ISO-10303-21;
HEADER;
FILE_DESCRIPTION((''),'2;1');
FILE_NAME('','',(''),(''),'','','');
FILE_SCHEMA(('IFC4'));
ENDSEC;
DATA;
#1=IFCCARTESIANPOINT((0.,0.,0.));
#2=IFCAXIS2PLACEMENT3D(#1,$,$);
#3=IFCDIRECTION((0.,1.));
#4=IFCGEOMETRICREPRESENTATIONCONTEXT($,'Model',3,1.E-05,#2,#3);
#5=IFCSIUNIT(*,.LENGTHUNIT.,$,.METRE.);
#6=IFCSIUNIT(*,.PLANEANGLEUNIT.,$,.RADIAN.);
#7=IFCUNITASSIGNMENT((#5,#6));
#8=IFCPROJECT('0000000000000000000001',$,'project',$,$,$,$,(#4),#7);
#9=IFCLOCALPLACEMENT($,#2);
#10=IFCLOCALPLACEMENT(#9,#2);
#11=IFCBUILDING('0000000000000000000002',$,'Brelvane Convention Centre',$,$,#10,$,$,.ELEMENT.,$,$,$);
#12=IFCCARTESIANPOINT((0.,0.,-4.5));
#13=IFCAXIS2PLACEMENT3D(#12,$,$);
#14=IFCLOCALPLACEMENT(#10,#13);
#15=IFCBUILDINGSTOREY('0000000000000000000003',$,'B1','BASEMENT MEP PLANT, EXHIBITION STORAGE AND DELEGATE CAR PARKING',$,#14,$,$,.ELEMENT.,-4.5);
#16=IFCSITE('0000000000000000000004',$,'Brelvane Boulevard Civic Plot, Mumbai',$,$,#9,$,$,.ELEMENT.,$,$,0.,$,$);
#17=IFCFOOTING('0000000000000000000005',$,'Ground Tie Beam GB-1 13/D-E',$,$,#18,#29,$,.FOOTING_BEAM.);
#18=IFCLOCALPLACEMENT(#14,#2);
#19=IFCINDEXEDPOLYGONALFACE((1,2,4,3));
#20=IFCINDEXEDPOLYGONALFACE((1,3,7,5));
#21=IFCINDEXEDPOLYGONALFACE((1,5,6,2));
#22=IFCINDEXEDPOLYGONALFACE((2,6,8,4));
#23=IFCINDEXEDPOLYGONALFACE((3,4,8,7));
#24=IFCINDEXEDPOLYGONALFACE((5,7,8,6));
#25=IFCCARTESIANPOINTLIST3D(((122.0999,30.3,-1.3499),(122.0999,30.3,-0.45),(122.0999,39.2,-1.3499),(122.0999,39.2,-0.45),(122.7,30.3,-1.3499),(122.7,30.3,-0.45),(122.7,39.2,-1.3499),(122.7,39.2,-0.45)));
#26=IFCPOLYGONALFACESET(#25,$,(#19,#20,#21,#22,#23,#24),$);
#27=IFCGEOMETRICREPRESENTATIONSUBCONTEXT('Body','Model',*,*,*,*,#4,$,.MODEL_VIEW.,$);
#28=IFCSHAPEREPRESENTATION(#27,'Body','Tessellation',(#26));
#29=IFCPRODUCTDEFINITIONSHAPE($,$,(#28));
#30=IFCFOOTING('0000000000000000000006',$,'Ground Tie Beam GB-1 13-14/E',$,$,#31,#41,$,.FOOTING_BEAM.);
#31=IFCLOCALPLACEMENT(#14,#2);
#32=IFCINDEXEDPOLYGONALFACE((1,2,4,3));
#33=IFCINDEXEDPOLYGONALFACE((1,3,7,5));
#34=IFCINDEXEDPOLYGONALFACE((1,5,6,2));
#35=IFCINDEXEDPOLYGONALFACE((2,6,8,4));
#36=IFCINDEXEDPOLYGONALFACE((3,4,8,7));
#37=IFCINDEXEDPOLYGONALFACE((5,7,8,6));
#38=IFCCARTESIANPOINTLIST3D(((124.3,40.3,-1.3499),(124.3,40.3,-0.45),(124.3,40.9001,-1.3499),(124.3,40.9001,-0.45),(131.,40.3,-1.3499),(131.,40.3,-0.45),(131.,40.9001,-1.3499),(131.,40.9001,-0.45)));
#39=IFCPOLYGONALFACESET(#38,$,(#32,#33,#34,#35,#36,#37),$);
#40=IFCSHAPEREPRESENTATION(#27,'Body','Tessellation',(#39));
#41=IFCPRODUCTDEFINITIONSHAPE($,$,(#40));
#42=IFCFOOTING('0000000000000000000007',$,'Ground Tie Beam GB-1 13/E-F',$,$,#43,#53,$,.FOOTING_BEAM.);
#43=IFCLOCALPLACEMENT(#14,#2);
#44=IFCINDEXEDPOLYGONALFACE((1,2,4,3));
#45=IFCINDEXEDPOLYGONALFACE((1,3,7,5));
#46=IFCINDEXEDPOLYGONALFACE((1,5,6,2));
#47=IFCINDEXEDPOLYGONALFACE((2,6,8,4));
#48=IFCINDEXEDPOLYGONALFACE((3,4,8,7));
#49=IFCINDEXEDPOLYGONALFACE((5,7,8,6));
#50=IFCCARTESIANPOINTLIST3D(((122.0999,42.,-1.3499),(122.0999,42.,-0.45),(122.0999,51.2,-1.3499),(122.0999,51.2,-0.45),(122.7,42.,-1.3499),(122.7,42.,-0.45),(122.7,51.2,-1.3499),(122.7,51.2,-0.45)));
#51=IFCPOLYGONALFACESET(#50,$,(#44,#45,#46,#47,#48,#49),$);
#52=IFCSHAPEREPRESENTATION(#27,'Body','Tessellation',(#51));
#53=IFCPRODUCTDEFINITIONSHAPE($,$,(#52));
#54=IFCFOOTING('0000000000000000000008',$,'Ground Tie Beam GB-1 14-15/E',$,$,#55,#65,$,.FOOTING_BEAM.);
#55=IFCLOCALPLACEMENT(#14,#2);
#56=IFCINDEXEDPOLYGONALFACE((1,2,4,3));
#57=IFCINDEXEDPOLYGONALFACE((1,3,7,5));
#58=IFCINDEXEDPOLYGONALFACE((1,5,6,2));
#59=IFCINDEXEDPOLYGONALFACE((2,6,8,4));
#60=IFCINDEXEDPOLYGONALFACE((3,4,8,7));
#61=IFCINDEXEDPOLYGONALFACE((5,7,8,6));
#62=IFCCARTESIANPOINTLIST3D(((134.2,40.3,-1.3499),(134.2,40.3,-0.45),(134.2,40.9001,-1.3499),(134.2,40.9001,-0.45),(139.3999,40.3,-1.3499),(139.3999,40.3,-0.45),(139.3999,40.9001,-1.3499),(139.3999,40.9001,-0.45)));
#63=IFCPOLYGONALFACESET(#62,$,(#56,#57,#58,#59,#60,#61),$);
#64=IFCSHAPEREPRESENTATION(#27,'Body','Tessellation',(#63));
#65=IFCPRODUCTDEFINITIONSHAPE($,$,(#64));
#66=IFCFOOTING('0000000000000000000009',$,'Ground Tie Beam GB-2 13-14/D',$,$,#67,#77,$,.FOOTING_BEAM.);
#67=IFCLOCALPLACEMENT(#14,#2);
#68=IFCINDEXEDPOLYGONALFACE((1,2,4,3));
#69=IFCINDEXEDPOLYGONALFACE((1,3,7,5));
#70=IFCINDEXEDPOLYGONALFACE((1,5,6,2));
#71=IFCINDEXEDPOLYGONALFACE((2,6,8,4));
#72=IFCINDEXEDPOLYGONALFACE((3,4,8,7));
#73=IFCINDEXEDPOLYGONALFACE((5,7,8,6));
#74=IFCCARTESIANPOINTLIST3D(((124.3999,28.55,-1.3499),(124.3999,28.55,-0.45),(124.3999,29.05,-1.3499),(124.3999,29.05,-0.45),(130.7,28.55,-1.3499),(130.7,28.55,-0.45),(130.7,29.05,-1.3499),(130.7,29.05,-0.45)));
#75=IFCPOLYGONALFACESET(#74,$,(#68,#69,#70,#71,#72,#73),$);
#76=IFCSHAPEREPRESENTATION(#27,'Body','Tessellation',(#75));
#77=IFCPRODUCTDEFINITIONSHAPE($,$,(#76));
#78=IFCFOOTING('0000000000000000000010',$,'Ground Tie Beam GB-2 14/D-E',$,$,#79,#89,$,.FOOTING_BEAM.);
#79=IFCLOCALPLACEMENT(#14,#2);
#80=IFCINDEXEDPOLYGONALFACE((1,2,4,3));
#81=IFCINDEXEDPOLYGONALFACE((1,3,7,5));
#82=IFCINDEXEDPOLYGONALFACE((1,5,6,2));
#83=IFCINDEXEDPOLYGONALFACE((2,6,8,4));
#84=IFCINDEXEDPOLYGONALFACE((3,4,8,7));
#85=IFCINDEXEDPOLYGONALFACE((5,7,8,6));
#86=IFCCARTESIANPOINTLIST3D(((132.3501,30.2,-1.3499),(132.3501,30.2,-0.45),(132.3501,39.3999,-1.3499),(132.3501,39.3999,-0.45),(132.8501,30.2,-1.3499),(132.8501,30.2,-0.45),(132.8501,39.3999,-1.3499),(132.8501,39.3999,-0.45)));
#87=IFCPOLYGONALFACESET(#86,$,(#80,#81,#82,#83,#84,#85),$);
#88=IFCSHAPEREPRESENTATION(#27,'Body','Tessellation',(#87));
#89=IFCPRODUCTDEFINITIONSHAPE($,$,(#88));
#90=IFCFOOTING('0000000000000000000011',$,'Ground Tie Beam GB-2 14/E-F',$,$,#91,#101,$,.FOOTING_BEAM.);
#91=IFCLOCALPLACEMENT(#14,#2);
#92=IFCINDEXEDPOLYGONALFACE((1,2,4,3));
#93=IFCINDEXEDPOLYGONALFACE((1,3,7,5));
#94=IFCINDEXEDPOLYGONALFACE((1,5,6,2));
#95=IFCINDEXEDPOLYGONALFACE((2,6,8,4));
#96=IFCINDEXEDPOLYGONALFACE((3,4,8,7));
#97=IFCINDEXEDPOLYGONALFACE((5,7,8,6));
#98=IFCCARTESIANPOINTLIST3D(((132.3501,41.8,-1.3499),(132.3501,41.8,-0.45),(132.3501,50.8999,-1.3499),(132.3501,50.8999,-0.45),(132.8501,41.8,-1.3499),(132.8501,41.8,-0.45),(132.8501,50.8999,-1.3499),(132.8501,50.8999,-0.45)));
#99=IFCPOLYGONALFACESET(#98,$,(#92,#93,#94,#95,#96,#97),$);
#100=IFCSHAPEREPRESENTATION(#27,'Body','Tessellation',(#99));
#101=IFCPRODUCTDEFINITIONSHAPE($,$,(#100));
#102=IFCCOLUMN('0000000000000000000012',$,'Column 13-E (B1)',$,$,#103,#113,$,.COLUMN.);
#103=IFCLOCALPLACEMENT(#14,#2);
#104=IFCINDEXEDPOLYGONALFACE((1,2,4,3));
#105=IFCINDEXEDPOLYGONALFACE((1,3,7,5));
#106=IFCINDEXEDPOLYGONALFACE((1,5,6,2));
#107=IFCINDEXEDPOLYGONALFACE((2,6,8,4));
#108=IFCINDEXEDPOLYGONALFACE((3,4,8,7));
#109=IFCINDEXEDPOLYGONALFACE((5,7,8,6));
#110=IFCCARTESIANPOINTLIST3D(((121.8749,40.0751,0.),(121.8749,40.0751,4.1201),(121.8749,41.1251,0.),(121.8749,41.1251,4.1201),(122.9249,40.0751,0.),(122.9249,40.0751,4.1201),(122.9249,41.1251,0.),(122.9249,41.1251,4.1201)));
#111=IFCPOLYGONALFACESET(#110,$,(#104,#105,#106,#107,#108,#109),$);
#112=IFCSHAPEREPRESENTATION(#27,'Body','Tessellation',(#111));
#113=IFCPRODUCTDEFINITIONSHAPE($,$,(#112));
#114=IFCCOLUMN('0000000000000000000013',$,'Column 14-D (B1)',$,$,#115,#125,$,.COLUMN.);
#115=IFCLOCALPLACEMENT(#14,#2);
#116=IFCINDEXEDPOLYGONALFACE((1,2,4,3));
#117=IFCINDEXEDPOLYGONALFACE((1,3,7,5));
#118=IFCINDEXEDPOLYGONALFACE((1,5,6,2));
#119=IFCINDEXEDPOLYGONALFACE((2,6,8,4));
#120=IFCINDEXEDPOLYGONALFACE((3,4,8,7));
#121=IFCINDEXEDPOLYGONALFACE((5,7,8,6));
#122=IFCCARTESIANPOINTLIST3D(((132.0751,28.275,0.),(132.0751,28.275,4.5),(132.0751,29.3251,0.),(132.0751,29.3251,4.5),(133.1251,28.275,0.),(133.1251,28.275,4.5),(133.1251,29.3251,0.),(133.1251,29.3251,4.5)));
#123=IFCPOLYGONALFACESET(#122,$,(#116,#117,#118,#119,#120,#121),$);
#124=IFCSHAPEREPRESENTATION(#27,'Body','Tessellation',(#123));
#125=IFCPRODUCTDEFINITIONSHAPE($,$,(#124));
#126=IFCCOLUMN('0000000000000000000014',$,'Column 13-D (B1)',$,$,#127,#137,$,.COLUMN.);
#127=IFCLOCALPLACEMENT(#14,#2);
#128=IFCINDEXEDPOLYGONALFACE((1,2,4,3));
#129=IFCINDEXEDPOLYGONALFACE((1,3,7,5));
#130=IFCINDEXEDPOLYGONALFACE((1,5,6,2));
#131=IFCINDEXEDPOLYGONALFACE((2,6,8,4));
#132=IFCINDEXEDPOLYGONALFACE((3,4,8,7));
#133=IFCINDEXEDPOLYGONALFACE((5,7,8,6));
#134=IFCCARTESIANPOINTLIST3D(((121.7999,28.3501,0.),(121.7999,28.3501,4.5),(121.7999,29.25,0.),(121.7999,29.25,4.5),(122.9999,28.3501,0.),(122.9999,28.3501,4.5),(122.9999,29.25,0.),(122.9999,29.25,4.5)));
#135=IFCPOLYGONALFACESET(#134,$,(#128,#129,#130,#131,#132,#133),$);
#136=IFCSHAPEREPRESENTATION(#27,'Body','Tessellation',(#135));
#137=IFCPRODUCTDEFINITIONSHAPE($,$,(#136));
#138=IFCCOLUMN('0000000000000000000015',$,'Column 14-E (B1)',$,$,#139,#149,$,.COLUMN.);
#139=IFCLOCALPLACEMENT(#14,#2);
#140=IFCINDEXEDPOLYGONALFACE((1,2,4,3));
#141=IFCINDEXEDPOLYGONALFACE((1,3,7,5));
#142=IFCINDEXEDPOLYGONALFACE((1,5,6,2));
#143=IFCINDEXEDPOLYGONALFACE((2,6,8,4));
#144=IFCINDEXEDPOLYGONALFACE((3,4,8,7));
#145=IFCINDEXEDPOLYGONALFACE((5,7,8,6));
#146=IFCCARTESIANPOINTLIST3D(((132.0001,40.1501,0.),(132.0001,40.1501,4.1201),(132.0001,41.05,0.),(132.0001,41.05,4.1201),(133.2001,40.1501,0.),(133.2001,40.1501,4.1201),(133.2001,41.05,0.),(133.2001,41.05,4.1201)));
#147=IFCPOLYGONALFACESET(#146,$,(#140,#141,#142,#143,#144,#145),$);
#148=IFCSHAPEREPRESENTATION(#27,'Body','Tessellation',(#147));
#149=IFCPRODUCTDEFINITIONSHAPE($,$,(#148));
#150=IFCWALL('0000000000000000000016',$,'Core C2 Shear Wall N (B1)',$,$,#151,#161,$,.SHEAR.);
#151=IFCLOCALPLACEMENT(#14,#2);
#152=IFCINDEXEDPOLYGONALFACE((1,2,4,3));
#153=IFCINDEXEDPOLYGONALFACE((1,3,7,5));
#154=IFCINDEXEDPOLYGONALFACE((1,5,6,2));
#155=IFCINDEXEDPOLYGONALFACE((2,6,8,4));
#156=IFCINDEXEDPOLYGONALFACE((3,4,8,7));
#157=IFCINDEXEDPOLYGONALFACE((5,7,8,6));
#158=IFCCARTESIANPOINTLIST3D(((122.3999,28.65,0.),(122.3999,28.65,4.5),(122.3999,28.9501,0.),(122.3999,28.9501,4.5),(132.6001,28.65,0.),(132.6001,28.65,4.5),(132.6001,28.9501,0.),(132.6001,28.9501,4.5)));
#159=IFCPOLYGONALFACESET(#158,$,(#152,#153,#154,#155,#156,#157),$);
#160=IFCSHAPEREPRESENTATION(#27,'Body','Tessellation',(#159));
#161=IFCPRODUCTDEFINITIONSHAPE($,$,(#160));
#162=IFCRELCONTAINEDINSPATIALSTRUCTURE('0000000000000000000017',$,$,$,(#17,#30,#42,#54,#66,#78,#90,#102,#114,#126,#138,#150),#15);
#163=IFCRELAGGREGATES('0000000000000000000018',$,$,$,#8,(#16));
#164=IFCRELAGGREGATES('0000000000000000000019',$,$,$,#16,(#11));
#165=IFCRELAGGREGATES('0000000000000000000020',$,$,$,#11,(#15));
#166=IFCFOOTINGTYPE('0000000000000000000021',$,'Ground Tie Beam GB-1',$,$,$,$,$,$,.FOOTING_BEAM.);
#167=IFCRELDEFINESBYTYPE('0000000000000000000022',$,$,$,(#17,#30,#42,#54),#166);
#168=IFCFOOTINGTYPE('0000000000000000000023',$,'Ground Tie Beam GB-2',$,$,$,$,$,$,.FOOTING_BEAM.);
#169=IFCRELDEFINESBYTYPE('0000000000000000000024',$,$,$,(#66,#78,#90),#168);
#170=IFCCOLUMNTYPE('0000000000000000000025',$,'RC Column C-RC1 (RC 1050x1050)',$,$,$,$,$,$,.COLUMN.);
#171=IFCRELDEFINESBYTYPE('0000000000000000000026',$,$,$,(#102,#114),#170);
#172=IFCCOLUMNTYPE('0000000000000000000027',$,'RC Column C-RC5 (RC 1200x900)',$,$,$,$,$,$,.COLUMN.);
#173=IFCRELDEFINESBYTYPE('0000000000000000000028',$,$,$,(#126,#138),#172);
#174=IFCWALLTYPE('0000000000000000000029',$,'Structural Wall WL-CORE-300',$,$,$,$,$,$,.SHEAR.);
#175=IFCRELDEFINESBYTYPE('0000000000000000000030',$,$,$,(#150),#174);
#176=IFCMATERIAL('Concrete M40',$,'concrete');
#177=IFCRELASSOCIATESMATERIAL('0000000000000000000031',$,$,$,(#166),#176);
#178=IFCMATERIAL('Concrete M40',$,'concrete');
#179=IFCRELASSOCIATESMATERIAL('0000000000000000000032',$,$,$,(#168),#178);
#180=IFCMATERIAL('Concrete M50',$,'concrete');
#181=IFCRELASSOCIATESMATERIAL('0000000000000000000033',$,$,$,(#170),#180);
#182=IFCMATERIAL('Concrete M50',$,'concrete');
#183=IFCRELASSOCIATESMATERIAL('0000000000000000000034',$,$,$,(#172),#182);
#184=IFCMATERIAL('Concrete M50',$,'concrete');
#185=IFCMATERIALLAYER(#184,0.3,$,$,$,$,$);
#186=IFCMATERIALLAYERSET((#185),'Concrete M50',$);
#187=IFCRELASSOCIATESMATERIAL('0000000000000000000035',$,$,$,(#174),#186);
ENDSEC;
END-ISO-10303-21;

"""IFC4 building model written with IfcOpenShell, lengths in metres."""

from ifc_helpers import new_model, si_unit, direction, frame, frame_2d, origin, origin_2d, place, context, subcontext, project, spatial, rectangle, extrude, material, layer, layer_set, material_profile, profile_set, type_object, element, save


model = new_model("IFC4")

# Units and contexts
model_context = context("Model", 3, precision=1e-05, world=origin(), true_north=direction((0.0, 1.0)))
body_context = subcontext(model_context, "Body", "Model", "MODEL_VIEW")
ifc_project = project(units=[si_unit("LENGTHUNIT", "METRE"), si_unit("PLANEANGLEUNIT", "RADIAN")], contexts=[model_context])

# Site, building, storey
site_placement = place(None, origin())
site = spatial("IfcSite", under=ifc_project, at=site_placement, Name="Brelvane Boulevard Civic Plot, Mumbai", CompositionType="ELEMENT", RefElevation=0.0)
building_placement = place(site_placement, origin())
building = spatial("IfcBuilding", under=site, at=building_placement, Name="Brelvane Convention Centre", CompositionType="ELEMENT")
storey_placement = place(building_placement, frame((0.0, 0.0, -4.5)))
storey = spatial("IfcBuildingStorey", under=building, at=storey_placement, Name="B1", Description="BASEMENT MEP PLANT, EXHIBITION STORAGE AND DELEGATE CAR PARKING", CompositionType="ELEMENT", Elevation=-4.5)

# Footings
ifc_material_1 = material(Name="Concrete M40", Category="concrete")
ifc_material_profile_1 = material_profile(ifc_material_1, rectangle(XDim=0.6001, YDim=0.8999, at=origin_2d()), Name="RC 600x900")
ifc_profile_set_1 = profile_set([ifc_material_profile_1], Name="Concrete M40")
footing_type_1 = type_object("IfcFootingType", Name="Ground Tie Beam GB-1", PredefinedType="FOOTING_BEAM", material=ifc_profile_set_1)
footing_1_placement = place(storey_placement, frame((122.3999, 30.3, -0.8999), z_axis=(0.0, 1.0, 0.0), x_axis=(-1.0, 0.0, 0.0)))
element("IfcFooting", 1, at=footing_1_placement, inside=storey, type_object=footing_type_1, Name="Ground Tie Beam GB-1 13/D-E", PredefinedType="FOOTING_BEAM", context=body_context, shape_type="SweptSolid", body=[
    extrude(rectangle(XDim=0.6001, YDim=0.8999, at=origin_2d()), origin(), (0.0, 0.0, 1.0), 8.8999),
])
footing_2_placement = place(storey_placement, frame((124.3, 40.6001, -0.8999), z_axis=(1.0, 0.0, 0.0), x_axis=(0.0, 1.0, 0.0)))
element("IfcFooting", 2, at=footing_2_placement, inside=storey, type_object=footing_type_1, Name="Ground Tie Beam GB-1 13-14/E", PredefinedType="FOOTING_BEAM", context=body_context, shape_type="SweptSolid", body=[
    extrude(rectangle(XDim=0.6001, YDim=0.8999, at=origin_2d()), origin(), (0.0, 0.0, 1.0), 6.7),
])
footing_3_placement = place(storey_placement, frame((122.3999, 42.0, -0.8999), z_axis=(0.0, 1.0, 0.0), x_axis=(-1.0, 0.0, 0.0)))
element("IfcFooting", 3, at=footing_3_placement, inside=storey, type_object=footing_type_1, Name="Ground Tie Beam GB-1 13/E-F", PredefinedType="FOOTING_BEAM", context=body_context, shape_type="SweptSolid", body=[
    extrude(rectangle(XDim=0.6001, YDim=0.8999, at=origin_2d()), origin(), (0.0, 0.0, 1.0), 9.2),
])
footing_4_placement = place(storey_placement, frame((134.2, 40.6001, -0.8999), z_axis=(1.0, 0.0, 0.0), x_axis=(0.0, 1.0, 0.0)))
element("IfcFooting", 4, at=footing_4_placement, inside=storey, type_object=footing_type_1, Name="Ground Tie Beam GB-1 14-15/E", PredefinedType="FOOTING_BEAM", context=body_context, shape_type="SweptSolid", body=[
    extrude(rectangle(XDim=0.6001, YDim=0.8999, at=origin_2d()), origin(), (0.0, 0.0, 1.0), 5.2),
])
ifc_material_2 = material(Name="Concrete M40", Category="concrete")
ifc_material_profile_2 = material_profile(ifc_material_2, rectangle(XDim=0.5, YDim=0.8999, at=origin_2d()), Name="RC 500x900")
ifc_profile_set_2 = profile_set([ifc_material_profile_2], Name="Concrete M40")
footing_type_2 = type_object("IfcFootingType", Name="Ground Tie Beam GB-2", PredefinedType="FOOTING_BEAM", material=ifc_profile_set_2)
footing_5_placement = place(storey_placement, frame((124.3999, 28.8, -0.8999), z_axis=(1.0, 0.0, 0.0), x_axis=(0.0, 1.0, 0.0)))
element("IfcFooting", 5, at=footing_5_placement, inside=storey, type_object=footing_type_2, Name="Ground Tie Beam GB-2 13-14/D", PredefinedType="FOOTING_BEAM", context=body_context, shape_type="SweptSolid", body=[
    extrude(rectangle(XDim=0.5, YDim=0.8999, at=origin_2d()), origin(), (0.0, 0.0, 1.0), 6.3),
])
footing_6_placement = place(storey_placement, frame((132.6001, 30.2, -0.8999), z_axis=(0.0, 1.0, 0.0), x_axis=(-1.0, 0.0, 0.0)))
element("IfcFooting", 6, at=footing_6_placement, inside=storey, type_object=footing_type_2, Name="Ground Tie Beam GB-2 14/D-E", PredefinedType="FOOTING_BEAM", context=body_context, shape_type="SweptSolid", body=[
    extrude(rectangle(XDim=0.5, YDim=0.8999, at=origin_2d()), origin(), (0.0, 0.0, 1.0), 9.2),
])
footing_7_placement = place(storey_placement, frame((132.6001, 41.8, -0.8999), z_axis=(0.0, 1.0, 0.0), x_axis=(-1.0, 0.0, 0.0)))
element("IfcFooting", 7, at=footing_7_placement, inside=storey, type_object=footing_type_2, Name="Ground Tie Beam GB-2 14/E-F", PredefinedType="FOOTING_BEAM", context=body_context, shape_type="SweptSolid", body=[
    extrude(rectangle(XDim=0.5, YDim=0.8999, at=origin_2d()), origin(), (0.0, 0.0, 1.0), 9.0999),
])

# Columns
ifc_material_3 = material(Name="Concrete M50", Category="concrete")
ifc_material_profile_3 = material_profile(ifc_material_3, rectangle(XDim=1.05, YDim=1.05, at=origin_2d()), Name="RC 1050x1050")
ifc_profile_set_3 = profile_set([ifc_material_profile_3], Name="Concrete M50")
column_type_1 = type_object("IfcColumnType", Name="RC Column C-RC1 (RC 1050x1050)", PredefinedType="COLUMN", material=ifc_profile_set_3)
column_1_placement = place(storey_placement, frame((122.3999, 40.6001, 0.0), z_axis=(0.0, 0.0, 1.0), x_axis=(1.0, 0.0, 0.0)))
element("IfcColumn", 8, at=column_1_placement, inside=storey, type_object=column_type_1, Name="Column 13-E (B1)", PredefinedType="COLUMN", context=body_context, shape_type="SweptSolid", body=[
    extrude(rectangle(XDim=1.05, YDim=1.05, at=origin_2d()), origin(), (0.0, 0.0, 1.0), 4.1201),
])
column_2_placement = place(storey_placement, frame((132.6001, 28.8, 0.0), z_axis=(0.0, 0.0, 1.0), x_axis=(1.0, 0.0, 0.0)))
element("IfcColumn", 9, at=column_2_placement, inside=storey, type_object=column_type_1, Name="Column 14-D (B1)", PredefinedType="COLUMN", context=body_context, shape_type="SweptSolid", body=[
    extrude(rectangle(XDim=1.05, YDim=1.05, at=origin_2d()), origin(), (0.0, 0.0, 1.0), 4.5),
])
ifc_material_4 = material(Name="Concrete M50", Category="concrete")
ifc_material_profile_4 = material_profile(ifc_material_4, rectangle(XDim=1.2, YDim=0.8999, at=origin_2d()), Name="RC 1200x900")
ifc_profile_set_4 = profile_set([ifc_material_profile_4], Name="Concrete M50")
column_type_2 = type_object("IfcColumnType", Name="RC Column C-RC5 (RC 1200x900)", PredefinedType="COLUMN", material=ifc_profile_set_4)
column_3_placement = place(storey_placement, frame((122.3999, 28.8, 0.0), z_axis=(0.0, 0.0, 1.0), x_axis=(1.0, 0.0, 0.0)))
element("IfcColumn", 10, at=column_3_placement, inside=storey, type_object=column_type_2, Name="Column 13-D (B1)", PredefinedType="COLUMN", context=body_context, shape_type="SweptSolid", body=[
    extrude(rectangle(XDim=1.2, YDim=0.8999, at=origin_2d()), origin(), (0.0, 0.0, 1.0), 4.5),
])
column_4_placement = place(storey_placement, frame((132.6001, 40.6001, 0.0), z_axis=(0.0, 0.0, 1.0), x_axis=(1.0, 0.0, 0.0)))
element("IfcColumn", 11, at=column_4_placement, inside=storey, type_object=column_type_2, Name="Column 14-E (B1)", PredefinedType="COLUMN", context=body_context, shape_type="SweptSolid", body=[
    extrude(rectangle(XDim=1.2, YDim=0.8999, at=origin_2d()), origin(), (0.0, 0.0, 1.0), 4.1201),
])

# Wall
ifc_material_5 = material(Name="Concrete M50", Category="concrete")
ifc_layer = layer(ifc_material_5, 0.3)
ifc_layer_set = layer_set([ifc_layer], Name="Concrete M50")
wall_type = type_object("IfcWallType", Name="Structural Wall WL-CORE-300", PredefinedType="SHEAR", material=ifc_layer_set)
wall_placement = place(storey_placement, frame((122.3999, 28.8, 0.0), z_axis=(0.0, 0.0, 1.0), x_axis=(1.0, 0.0, 0.0)))
element("IfcWall", 12, at=wall_placement, inside=storey, type_object=wall_type, Name="Core C2 Shear Wall N (B1)", PredefinedType="SHEAR", context=body_context, shape_type="SweptSolid", body=[
    extrude(rectangle(XDim=10.2002, YDim=0.3, at=frame_2d((5.1001, 0.0))), origin(), (0.0, 0.0, 1.0), 4.5),
])

save(model, "model.ifc")
